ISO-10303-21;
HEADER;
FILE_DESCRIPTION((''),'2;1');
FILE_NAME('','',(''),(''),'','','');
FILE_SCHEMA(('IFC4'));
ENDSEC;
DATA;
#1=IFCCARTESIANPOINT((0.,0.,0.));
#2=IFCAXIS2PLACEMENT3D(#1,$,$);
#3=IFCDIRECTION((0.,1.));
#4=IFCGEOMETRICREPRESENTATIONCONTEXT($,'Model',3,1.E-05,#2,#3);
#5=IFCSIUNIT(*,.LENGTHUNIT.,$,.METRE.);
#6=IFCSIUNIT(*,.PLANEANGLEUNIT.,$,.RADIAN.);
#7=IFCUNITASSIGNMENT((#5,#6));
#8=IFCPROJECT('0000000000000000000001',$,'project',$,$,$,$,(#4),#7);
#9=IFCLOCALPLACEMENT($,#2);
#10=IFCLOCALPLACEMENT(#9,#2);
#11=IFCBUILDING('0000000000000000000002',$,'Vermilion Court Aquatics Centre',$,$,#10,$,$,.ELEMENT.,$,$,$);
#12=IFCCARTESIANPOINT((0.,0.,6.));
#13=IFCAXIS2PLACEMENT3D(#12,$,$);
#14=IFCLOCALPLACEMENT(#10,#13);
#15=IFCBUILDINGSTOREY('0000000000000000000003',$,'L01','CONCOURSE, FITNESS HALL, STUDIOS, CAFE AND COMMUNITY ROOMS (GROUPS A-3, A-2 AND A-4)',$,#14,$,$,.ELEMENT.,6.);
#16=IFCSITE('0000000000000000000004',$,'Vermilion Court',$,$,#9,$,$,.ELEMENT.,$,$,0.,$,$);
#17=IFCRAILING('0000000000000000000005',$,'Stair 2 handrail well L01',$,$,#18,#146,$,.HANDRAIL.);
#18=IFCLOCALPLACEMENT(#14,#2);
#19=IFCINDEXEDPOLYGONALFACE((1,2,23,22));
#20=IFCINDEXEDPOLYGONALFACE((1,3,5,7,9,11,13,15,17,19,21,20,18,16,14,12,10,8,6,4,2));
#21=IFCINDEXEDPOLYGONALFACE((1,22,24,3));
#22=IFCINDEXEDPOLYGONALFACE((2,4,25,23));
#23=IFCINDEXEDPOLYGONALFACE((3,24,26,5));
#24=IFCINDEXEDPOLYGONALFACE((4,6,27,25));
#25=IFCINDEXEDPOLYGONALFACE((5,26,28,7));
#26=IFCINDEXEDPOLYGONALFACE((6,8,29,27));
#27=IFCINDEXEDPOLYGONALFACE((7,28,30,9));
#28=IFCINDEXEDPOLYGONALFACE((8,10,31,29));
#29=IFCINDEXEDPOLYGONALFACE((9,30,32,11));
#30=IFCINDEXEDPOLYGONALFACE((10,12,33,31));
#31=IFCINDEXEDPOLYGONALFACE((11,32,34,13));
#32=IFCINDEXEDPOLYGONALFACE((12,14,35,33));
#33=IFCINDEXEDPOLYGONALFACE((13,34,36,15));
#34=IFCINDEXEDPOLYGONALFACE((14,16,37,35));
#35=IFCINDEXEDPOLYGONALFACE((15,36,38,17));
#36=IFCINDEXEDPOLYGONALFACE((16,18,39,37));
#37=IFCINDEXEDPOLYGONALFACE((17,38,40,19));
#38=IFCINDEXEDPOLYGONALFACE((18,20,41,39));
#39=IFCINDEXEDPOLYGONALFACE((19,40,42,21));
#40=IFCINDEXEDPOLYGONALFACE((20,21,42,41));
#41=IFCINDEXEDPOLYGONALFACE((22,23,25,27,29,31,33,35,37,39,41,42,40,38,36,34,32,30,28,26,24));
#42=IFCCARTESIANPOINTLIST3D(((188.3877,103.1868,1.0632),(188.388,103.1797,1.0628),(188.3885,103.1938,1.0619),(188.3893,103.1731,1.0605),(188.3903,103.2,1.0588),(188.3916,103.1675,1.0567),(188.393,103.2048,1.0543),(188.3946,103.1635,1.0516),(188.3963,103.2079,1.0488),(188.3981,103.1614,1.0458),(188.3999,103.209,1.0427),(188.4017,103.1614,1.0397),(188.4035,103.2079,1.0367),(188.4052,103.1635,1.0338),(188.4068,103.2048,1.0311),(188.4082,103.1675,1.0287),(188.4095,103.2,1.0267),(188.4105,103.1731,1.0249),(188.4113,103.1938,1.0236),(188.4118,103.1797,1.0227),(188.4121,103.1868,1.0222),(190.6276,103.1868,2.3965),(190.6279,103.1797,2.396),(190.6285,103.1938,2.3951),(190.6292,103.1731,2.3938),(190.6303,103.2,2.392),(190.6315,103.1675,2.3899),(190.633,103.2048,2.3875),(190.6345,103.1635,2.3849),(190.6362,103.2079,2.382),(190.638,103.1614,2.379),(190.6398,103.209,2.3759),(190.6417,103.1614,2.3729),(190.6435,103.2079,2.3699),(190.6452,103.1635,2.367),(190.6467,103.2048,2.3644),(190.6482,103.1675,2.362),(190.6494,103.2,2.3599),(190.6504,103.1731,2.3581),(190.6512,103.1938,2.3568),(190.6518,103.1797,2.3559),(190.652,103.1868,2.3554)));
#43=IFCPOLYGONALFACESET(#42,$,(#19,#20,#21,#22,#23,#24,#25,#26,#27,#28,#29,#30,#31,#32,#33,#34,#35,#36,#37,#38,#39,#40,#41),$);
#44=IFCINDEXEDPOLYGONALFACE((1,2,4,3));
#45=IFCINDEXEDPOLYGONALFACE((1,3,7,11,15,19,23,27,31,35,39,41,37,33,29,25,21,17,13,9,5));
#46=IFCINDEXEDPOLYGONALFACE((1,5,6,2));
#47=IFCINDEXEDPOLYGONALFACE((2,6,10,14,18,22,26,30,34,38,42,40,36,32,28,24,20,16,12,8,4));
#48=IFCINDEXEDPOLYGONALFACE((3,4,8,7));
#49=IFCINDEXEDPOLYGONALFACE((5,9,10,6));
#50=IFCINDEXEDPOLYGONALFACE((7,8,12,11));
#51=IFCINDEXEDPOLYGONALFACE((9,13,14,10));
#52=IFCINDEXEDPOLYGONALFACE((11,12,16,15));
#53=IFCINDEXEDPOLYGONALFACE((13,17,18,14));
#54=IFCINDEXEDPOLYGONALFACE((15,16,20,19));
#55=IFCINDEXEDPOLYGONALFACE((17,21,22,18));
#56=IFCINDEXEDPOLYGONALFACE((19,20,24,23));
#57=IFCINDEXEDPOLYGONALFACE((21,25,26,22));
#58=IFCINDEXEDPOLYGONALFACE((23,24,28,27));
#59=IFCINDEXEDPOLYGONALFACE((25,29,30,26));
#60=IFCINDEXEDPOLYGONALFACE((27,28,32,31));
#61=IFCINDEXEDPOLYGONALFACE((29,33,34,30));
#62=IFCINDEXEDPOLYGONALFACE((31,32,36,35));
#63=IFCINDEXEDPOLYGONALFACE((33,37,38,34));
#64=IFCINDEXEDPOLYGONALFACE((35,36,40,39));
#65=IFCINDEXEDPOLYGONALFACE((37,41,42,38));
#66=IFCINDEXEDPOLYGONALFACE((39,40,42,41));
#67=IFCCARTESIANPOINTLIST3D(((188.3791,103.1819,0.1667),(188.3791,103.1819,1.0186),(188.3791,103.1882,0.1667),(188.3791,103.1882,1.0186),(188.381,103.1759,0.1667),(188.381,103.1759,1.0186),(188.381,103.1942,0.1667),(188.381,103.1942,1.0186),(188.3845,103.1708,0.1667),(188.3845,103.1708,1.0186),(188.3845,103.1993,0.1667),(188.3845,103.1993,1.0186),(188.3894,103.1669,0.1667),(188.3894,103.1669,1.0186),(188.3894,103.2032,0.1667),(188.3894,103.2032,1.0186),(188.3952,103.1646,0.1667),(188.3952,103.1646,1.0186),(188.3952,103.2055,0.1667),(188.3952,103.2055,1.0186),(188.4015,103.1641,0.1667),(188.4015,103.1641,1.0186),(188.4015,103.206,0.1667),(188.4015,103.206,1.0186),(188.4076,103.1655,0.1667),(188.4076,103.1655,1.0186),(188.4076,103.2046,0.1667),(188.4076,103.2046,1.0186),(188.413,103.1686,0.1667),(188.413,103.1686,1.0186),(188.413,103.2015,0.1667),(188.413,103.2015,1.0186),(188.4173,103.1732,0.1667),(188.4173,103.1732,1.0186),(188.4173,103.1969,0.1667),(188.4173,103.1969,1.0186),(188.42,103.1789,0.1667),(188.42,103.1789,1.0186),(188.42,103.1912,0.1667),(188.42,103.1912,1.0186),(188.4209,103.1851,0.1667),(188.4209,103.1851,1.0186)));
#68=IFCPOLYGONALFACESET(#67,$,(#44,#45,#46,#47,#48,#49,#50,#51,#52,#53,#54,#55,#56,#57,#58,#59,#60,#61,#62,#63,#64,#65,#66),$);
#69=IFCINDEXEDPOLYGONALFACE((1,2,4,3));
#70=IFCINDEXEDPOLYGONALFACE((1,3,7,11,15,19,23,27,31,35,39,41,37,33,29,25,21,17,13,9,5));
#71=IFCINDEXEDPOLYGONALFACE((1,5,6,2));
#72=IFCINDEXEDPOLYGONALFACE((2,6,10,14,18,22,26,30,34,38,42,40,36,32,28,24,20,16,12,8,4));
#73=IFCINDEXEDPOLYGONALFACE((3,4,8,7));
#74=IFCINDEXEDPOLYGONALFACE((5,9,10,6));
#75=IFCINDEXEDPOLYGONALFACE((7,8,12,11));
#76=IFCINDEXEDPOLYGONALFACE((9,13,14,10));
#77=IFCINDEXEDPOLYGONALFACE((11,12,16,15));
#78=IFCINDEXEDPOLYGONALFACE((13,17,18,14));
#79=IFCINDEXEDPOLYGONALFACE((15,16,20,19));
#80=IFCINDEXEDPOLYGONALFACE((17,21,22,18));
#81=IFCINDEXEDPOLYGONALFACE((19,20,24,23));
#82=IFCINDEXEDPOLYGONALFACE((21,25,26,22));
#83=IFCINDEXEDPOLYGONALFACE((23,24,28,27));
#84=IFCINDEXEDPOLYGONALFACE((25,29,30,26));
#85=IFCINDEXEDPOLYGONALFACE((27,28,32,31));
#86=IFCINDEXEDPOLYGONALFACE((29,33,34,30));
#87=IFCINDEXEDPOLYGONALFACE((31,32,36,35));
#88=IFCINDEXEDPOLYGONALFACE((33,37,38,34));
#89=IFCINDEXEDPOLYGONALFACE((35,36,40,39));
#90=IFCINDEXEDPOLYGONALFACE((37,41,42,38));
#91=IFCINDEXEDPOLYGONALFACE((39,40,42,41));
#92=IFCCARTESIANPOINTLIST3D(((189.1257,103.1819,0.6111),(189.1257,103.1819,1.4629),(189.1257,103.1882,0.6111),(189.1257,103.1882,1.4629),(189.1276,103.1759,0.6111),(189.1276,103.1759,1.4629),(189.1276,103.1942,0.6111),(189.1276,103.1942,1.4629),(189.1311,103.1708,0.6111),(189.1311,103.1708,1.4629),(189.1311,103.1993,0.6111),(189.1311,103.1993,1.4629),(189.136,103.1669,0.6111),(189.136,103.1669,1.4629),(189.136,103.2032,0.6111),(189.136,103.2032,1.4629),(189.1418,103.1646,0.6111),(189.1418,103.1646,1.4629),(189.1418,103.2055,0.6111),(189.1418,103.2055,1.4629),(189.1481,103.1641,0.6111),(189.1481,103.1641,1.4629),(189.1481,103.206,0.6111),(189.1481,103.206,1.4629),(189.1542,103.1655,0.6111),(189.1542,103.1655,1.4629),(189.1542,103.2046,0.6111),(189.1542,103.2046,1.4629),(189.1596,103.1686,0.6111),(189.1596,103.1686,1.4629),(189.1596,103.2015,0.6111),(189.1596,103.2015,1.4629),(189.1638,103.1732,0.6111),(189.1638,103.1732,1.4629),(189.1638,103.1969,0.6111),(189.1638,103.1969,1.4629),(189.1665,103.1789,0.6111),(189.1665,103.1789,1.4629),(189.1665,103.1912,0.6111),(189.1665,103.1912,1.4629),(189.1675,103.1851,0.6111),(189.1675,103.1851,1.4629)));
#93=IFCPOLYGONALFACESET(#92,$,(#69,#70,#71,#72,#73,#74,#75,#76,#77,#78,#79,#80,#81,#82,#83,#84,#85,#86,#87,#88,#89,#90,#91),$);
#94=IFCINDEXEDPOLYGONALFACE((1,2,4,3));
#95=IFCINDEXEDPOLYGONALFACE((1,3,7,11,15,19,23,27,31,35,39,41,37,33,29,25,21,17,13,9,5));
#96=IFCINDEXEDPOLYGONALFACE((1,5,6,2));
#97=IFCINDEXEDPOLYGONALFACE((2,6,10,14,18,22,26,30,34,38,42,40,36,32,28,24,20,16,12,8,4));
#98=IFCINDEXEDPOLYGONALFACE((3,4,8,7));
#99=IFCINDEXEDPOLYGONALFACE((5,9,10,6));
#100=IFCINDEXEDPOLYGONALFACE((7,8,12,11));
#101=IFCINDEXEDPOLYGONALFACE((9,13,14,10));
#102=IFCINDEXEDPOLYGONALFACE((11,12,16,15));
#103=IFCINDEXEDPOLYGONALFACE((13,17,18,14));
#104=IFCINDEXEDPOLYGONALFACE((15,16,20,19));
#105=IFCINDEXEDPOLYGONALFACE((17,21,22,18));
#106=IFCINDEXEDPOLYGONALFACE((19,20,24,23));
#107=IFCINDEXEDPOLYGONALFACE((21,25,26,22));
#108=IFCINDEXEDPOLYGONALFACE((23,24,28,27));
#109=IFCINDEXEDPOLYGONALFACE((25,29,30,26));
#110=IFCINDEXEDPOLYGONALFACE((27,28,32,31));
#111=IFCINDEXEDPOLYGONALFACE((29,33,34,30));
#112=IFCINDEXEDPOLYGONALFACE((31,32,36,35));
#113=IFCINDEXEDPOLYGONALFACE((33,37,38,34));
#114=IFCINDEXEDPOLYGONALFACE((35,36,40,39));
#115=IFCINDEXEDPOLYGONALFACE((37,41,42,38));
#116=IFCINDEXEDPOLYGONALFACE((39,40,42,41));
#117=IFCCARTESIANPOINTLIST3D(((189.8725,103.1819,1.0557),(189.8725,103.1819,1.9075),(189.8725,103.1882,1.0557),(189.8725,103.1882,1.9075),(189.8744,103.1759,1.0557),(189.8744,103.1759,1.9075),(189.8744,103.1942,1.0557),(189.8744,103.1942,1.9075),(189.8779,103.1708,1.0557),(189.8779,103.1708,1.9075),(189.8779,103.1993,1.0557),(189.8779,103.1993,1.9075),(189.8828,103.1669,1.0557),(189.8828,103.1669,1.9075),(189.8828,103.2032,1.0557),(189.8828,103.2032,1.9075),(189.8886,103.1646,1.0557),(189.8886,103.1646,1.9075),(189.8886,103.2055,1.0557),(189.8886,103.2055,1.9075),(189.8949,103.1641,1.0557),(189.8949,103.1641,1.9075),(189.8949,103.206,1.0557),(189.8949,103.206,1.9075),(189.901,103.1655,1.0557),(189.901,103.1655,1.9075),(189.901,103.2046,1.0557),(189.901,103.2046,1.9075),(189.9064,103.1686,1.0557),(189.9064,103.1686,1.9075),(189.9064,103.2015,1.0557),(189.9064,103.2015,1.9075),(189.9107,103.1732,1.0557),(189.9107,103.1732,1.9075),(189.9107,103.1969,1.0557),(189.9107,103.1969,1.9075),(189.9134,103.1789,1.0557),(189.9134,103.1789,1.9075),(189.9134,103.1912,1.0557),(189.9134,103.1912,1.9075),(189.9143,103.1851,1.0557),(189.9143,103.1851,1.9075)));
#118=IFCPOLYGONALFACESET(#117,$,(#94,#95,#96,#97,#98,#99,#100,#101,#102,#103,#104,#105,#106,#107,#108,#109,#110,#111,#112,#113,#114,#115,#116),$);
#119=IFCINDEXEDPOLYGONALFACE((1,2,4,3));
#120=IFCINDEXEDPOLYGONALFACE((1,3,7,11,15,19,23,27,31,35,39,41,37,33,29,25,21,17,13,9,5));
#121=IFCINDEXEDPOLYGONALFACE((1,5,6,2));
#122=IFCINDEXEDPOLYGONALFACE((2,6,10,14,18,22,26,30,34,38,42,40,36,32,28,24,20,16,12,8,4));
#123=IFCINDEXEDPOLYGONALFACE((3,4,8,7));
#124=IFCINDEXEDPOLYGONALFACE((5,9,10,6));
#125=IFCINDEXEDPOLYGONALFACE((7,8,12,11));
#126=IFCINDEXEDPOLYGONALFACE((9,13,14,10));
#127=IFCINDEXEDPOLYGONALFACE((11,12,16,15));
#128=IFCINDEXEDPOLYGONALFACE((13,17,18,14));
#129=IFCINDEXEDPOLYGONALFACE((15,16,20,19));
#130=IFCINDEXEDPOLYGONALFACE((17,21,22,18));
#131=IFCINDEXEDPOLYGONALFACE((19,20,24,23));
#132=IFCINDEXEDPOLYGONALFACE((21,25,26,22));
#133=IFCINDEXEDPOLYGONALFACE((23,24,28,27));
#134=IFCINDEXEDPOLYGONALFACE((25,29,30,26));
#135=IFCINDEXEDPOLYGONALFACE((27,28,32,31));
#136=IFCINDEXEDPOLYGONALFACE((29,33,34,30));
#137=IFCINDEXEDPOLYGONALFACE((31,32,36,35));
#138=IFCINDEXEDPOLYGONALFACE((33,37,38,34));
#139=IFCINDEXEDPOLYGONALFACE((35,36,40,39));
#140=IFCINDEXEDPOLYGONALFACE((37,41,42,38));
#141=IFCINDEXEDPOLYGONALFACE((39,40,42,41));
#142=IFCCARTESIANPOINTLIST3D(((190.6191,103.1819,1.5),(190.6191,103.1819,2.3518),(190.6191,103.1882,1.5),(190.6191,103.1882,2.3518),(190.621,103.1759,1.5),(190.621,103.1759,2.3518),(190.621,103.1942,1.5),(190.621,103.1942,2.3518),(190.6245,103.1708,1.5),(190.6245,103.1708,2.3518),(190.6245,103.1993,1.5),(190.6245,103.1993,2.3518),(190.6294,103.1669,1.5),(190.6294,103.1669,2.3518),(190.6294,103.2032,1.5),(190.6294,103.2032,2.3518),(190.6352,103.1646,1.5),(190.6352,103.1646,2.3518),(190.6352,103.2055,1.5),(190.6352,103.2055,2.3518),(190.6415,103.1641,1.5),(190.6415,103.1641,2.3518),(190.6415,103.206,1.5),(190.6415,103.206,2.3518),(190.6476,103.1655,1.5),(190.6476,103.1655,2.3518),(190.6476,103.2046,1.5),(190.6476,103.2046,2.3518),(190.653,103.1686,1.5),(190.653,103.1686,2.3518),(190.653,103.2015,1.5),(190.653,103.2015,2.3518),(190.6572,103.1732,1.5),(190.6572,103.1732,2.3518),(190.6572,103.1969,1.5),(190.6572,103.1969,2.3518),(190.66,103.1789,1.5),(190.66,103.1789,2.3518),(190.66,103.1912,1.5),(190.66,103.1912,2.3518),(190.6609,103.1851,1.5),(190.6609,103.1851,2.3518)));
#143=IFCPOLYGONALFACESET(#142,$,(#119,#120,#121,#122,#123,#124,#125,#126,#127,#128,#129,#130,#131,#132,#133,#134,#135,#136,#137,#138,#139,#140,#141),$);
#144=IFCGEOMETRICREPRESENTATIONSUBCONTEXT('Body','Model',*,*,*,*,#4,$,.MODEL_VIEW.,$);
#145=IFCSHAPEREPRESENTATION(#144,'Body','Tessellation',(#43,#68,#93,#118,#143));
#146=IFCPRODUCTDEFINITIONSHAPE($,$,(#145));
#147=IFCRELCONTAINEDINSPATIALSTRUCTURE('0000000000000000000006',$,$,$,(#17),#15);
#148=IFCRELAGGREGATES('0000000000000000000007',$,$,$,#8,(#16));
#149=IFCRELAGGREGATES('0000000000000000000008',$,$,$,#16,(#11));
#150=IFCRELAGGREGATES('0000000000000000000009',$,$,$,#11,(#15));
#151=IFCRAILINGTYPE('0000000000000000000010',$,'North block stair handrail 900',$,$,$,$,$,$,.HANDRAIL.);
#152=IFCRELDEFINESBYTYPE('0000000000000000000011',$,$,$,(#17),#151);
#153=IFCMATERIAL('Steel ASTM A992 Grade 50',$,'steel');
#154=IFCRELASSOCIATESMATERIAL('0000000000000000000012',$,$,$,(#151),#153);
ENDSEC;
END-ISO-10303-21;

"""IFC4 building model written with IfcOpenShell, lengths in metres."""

from ifc_helpers import new_model, si_unit, direction, frame, origin, origin_2d, place, context, subcontext, project, spatial, circle, extrude, material, type_object, element, save


model = new_model("IFC4")

# Units and contexts
model_context = context("Model", 3, precision=1e-05, world=origin(), true_north=direction((0.0, 1.0)))
body_context = subcontext(model_context, "Body", "Model", "MODEL_VIEW")
ifc_project = project(units=[si_unit("LENGTHUNIT", "METRE"), si_unit("PLANEANGLEUNIT", "RADIAN")], contexts=[model_context])

# Site, building, storey
site_placement = place(None, origin())
site = spatial("IfcSite", under=ifc_project, at=site_placement, Name="Vermilion Court", CompositionType="ELEMENT", RefElevation=0.0)
building_placement = place(site_placement, origin())
building = spatial("IfcBuilding", under=site, at=building_placement, Name="Vermilion Court Aquatics Centre", CompositionType="ELEMENT")
storey_placement = place(building_placement, frame((0.0, 0.0, 6.0)))
storey = spatial("IfcBuildingStorey", under=building, at=storey_placement, Name="L01", Description="CONCOURSE, FITNESS HALL, STUDIOS, CAFE AND COMMUNITY ROOMS (GROUPS A-3, A-2 AND A-4)", CompositionType="ELEMENT", Elevation=6.0)

# Railing
ifc_material_1 = material(Name="Steel ASTM A992 Grade 50", Category="steel")
railing_type_1 = type_object("IfcRailingType", Name="North block stair handrail 900", PredefinedType="HANDRAIL", material=ifc_material_1)
railing_1_placement = place(storey_placement, frame((188.3999, 103.1851, 0.1667)))
element("IfcRailing", 1, at=railing_1_placement, inside=storey, type_object=railing_type_1, Name="Stair 2 handrail well L01", PredefinedType="HANDRAIL", context=body_context, shape_type="SweptSolid", body=[
    extrude(circle(Radius=0.0239, at=origin_2d()), frame((0.0, 0.0, 0.876), z_axis=(0.859306, 0.0, 0.511462), x_axis=(0.0, 1.0, 0.0)), (0.0, 0.0, 1.0), 2.6067),
    extrude(circle(Radius=0.021, at=origin_2d()), origin(), (0.0, 0.0, 1.0), 0.8518),
    extrude(circle(Radius=0.021, at=origin_2d()), frame((0.7466, 0.0, 0.4443)), (0.0, 0.0, 1.0), 0.8518),
    extrude(circle(Radius=0.021, at=origin_2d()), frame((1.4934, 0.0, 0.8889)), (0.0, 0.0, 1.0), 0.8518),
    extrude(circle(Radius=0.021, at=origin_2d()), frame((2.24, 0.0, 1.3333)), (0.0, 0.0, 1.0), 0.8518),
])

save(model, "model.ifc")
